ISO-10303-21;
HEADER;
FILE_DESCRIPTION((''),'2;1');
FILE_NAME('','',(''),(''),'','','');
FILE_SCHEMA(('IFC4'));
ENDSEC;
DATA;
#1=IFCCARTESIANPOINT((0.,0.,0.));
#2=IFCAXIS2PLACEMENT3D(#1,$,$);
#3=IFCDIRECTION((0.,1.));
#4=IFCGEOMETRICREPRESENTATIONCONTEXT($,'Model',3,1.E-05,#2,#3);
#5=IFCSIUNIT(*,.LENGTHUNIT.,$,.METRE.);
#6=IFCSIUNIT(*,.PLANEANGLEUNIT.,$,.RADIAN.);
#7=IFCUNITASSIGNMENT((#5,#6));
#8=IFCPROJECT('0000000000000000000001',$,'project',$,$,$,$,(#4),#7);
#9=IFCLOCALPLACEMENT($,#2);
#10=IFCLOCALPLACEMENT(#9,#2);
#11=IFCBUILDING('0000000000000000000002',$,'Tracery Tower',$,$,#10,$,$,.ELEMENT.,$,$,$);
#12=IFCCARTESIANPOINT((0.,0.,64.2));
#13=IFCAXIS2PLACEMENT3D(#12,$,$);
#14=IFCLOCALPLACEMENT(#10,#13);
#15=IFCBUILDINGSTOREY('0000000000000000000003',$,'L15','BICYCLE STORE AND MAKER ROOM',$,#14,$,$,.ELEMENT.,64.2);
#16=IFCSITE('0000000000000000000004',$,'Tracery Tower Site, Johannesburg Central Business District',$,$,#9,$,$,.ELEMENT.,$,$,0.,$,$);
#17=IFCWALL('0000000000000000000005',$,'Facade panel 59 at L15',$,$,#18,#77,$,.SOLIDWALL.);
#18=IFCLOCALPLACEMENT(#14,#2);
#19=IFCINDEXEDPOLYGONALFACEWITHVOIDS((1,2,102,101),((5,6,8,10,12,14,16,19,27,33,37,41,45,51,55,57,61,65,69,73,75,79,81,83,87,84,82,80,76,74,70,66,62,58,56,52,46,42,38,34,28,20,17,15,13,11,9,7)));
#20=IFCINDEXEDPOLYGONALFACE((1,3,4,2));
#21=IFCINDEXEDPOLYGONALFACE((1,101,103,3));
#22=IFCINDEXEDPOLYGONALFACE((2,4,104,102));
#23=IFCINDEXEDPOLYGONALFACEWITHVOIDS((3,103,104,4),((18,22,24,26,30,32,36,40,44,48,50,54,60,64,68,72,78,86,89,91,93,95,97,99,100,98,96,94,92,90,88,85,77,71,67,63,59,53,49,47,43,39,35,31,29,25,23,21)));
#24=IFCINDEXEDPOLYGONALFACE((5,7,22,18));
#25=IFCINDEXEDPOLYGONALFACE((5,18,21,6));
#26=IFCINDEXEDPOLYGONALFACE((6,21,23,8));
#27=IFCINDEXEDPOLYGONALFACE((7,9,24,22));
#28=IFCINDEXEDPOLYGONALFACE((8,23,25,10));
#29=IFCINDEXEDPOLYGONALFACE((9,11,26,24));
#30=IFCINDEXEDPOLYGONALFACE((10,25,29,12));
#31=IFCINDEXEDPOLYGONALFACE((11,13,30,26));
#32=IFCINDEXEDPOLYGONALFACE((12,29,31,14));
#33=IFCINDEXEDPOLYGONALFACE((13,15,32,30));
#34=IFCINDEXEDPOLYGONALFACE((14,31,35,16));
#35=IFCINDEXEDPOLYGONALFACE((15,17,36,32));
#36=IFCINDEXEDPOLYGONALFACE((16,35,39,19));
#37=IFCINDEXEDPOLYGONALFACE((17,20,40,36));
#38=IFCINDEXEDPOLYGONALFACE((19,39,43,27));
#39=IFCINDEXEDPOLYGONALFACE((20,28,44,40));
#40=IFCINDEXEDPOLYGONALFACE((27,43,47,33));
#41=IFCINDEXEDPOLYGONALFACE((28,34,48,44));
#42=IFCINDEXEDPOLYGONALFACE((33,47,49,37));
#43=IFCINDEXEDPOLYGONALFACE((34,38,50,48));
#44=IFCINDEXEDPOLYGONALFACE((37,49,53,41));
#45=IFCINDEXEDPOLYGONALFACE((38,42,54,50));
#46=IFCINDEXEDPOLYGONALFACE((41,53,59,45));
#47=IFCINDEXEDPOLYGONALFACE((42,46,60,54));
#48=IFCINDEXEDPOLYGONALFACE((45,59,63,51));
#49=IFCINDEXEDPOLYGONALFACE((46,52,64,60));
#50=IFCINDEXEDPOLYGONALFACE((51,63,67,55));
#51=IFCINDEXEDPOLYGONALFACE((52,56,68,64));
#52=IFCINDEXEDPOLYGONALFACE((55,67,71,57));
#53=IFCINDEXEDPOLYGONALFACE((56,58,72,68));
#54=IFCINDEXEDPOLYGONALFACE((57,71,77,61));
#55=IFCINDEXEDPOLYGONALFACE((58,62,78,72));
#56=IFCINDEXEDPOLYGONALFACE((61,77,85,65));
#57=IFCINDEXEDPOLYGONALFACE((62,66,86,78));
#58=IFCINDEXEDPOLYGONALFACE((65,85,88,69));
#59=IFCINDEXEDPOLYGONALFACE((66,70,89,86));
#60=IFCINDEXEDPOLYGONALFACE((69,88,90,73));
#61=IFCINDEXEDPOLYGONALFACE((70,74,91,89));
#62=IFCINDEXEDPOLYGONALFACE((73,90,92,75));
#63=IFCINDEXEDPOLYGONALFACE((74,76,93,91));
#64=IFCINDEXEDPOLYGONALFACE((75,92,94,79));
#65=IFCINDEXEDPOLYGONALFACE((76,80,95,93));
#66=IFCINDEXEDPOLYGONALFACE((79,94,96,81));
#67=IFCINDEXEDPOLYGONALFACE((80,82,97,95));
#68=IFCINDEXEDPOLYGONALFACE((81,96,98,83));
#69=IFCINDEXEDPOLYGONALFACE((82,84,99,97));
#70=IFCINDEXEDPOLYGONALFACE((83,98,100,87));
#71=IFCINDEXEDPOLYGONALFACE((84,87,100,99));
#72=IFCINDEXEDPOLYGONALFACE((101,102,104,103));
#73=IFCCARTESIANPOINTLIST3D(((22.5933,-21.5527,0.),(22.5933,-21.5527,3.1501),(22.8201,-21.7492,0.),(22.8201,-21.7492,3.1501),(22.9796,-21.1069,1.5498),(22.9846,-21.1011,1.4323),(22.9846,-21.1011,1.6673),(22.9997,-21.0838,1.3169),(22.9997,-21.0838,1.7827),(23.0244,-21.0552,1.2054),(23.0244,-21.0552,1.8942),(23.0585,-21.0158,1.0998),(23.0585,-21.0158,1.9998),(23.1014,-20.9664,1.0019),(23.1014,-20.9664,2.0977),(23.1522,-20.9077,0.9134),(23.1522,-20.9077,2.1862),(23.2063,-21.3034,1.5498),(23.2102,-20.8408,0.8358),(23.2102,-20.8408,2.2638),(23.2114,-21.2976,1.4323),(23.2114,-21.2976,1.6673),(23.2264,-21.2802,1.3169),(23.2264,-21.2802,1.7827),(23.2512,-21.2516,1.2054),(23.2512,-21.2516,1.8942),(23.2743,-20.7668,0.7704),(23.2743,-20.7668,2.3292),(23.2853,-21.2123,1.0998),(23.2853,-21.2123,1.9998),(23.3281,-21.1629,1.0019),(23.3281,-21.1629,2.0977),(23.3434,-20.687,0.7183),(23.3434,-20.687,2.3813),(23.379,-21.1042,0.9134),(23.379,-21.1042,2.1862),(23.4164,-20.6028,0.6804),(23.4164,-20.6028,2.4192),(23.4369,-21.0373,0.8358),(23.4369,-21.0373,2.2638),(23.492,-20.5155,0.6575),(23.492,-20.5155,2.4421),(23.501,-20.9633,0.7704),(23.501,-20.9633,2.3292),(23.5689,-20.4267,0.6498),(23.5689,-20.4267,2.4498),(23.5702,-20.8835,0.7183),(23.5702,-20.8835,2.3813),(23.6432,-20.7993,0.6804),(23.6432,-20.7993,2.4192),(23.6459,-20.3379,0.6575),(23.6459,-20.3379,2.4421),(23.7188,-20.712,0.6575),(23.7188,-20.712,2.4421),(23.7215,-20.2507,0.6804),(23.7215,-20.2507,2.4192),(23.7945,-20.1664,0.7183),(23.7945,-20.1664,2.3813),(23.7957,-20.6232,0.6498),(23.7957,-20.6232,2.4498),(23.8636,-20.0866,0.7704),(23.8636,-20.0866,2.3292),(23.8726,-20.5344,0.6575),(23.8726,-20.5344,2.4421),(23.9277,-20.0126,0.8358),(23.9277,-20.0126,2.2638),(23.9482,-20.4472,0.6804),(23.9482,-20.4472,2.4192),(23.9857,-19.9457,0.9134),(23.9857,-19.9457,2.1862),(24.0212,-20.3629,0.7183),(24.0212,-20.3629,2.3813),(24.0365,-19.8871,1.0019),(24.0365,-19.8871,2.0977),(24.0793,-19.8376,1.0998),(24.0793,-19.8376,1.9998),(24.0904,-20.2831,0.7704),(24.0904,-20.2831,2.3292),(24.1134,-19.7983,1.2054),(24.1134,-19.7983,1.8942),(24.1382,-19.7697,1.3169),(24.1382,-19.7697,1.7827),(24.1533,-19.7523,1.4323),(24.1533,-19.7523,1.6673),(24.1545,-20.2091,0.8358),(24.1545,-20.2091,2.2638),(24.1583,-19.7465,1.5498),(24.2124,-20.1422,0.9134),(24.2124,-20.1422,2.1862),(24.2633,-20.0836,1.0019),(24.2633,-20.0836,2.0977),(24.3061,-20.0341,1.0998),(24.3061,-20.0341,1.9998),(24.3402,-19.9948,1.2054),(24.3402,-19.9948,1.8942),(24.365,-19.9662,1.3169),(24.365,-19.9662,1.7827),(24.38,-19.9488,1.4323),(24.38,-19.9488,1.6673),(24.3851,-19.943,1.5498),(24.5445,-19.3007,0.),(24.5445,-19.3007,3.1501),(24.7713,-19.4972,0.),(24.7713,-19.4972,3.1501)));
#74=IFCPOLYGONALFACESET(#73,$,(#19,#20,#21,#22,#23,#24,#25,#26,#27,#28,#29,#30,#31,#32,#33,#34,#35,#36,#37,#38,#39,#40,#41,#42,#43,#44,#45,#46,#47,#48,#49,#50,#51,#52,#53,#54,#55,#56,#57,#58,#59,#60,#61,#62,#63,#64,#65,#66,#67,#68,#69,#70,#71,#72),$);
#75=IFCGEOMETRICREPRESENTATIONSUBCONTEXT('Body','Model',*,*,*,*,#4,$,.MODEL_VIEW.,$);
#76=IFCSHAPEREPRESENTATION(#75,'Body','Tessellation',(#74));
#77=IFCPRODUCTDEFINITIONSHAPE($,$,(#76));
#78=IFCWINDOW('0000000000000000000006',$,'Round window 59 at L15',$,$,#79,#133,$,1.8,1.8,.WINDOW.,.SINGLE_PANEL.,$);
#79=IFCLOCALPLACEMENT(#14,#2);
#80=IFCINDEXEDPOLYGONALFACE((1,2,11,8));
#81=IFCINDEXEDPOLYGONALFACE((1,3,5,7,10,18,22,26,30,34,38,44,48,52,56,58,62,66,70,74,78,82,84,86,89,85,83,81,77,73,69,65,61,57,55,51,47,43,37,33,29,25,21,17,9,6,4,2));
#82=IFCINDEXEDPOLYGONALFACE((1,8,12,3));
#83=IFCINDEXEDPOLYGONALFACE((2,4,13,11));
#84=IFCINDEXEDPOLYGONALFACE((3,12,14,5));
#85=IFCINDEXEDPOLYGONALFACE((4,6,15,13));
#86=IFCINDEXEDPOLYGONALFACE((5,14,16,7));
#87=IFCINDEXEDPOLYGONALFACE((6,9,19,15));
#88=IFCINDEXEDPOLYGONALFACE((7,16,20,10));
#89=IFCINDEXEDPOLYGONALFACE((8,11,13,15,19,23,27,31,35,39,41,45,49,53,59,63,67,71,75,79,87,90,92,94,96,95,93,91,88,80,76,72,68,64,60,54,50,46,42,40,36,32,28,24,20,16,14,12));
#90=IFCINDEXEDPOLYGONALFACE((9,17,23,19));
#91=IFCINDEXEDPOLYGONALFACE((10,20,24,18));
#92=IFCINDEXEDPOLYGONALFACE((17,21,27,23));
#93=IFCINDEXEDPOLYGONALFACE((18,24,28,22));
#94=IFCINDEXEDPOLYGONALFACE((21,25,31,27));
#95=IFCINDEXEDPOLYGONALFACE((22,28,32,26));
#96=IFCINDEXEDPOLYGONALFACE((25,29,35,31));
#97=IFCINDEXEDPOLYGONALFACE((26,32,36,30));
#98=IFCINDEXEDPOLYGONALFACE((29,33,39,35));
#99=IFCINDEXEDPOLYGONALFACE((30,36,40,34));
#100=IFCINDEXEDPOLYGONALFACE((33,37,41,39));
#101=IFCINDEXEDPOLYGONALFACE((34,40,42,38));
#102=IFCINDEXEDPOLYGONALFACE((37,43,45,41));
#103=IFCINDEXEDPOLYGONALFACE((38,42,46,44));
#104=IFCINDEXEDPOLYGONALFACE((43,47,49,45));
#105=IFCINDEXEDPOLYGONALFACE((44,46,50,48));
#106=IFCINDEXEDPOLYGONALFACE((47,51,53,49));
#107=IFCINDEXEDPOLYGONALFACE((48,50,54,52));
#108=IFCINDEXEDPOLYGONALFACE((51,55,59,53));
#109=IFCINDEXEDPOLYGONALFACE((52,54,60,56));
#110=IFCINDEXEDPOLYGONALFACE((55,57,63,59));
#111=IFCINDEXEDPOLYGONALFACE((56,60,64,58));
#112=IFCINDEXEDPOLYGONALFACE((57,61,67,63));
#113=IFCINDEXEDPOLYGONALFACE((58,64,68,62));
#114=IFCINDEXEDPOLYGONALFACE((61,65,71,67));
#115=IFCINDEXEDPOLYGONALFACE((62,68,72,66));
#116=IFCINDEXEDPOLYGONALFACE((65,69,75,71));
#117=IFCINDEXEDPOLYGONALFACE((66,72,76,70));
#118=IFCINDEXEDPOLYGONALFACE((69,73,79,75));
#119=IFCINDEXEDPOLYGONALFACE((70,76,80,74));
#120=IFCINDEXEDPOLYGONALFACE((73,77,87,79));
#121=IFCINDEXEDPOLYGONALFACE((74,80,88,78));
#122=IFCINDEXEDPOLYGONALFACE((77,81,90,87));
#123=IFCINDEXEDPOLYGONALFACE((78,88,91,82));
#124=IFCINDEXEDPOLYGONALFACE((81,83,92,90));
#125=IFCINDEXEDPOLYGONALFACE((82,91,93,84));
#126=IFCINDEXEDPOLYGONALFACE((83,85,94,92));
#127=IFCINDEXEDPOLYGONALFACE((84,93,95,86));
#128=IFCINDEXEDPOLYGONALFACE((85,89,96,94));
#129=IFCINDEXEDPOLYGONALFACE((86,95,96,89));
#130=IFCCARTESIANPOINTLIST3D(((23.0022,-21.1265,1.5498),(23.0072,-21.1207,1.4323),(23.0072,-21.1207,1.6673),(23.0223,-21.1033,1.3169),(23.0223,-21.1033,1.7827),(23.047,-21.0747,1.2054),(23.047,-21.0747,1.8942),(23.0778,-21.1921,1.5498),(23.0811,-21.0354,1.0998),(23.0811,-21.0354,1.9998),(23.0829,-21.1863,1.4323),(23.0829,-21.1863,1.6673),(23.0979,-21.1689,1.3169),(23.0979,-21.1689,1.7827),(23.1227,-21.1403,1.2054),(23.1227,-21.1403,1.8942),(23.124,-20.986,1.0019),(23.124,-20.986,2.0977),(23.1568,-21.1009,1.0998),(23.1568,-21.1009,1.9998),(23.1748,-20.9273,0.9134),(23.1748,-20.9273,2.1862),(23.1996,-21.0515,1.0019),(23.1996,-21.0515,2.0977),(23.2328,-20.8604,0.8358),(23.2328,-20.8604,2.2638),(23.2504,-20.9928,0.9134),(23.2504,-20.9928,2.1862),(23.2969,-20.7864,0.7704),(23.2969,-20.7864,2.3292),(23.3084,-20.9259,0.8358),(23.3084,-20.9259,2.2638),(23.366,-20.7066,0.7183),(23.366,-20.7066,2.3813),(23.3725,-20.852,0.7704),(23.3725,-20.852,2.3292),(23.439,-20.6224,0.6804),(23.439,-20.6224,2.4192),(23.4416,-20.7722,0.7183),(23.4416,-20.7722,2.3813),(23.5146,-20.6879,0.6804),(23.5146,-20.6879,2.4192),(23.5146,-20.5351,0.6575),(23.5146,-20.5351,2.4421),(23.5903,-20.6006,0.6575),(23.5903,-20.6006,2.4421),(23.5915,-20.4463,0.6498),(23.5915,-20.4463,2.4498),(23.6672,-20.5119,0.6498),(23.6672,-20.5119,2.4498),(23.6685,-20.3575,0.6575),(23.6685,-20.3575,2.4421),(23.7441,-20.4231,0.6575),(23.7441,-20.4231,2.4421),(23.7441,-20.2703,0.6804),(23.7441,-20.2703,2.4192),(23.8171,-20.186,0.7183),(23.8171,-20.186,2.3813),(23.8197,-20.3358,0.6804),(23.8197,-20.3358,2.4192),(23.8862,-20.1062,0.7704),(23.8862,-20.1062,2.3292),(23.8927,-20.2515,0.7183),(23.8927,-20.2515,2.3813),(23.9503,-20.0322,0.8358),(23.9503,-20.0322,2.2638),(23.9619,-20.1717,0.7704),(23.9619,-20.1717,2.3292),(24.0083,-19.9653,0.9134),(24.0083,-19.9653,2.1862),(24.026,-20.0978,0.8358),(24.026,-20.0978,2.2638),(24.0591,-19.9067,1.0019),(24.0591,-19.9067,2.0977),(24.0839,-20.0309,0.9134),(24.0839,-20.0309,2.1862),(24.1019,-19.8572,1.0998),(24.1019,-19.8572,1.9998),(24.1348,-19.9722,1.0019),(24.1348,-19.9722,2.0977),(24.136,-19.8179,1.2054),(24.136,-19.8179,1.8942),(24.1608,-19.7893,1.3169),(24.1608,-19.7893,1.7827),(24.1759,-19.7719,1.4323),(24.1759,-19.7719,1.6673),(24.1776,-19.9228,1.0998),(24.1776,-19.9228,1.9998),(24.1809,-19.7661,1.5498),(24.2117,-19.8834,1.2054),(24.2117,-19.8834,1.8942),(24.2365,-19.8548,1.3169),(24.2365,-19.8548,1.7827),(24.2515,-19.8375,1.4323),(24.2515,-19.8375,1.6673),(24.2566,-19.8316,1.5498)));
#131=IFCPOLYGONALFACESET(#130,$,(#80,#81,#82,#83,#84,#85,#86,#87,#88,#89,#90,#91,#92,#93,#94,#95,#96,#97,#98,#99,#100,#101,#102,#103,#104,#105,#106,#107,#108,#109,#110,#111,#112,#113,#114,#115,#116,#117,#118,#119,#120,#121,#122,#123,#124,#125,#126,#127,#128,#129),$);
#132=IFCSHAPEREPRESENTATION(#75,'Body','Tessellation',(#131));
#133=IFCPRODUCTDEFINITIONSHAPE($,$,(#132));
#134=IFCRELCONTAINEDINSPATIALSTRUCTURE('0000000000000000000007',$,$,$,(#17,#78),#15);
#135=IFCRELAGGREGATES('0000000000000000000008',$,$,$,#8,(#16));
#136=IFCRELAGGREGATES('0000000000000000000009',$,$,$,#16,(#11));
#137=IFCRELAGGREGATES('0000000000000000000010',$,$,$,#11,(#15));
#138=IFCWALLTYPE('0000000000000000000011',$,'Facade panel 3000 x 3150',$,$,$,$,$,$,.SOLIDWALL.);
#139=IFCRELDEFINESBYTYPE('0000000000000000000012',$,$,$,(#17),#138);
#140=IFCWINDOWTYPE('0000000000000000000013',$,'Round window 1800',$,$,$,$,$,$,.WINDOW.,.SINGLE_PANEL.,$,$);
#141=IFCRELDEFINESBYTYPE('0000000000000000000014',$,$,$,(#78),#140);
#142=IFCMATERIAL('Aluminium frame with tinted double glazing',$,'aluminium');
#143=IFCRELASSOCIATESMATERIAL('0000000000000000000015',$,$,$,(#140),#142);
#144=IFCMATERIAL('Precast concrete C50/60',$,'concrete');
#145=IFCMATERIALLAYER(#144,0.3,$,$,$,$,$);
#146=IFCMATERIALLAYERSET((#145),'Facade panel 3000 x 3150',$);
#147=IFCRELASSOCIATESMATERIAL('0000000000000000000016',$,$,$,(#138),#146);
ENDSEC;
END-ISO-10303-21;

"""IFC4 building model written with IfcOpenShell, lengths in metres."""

from ifc_helpers import new_model, si_unit, direction, frame, frame_2d, origin, origin_2d, place, context, subcontext, project, spatial, rectangle, circle, extrude, material, layer, layer_set, type_object, element, fill, save


model = new_model("IFC4")

# Units and contexts
model_context = context("Model", 3, precision=1e-05, world=origin(), true_north=direction((0.0, 1.0)))
body_context = subcontext(model_context, "Body", "Model", "MODEL_VIEW")
ifc_project = project(units=[si_unit("LENGTHUNIT", "METRE"), si_unit("PLANEANGLEUNIT", "RADIAN")], contexts=[model_context])

# Site, building, storey
site_placement = place(None, origin())
site = spatial("IfcSite", under=ifc_project, at=site_placement, Name="Tracery Tower Site, Johannesburg Central Business District", CompositionType="ELEMENT", RefElevation=0.0)
building_placement = place(site_placement, origin())
building = spatial("IfcBuilding", under=site, at=building_placement, Name="Tracery Tower", CompositionType="ELEMENT")
storey_placement = place(building_placement, frame((0.0, 0.0, 64.2)))
storey = spatial("IfcBuildingStorey", under=building, at=storey_placement, Name="L15", Description="BICYCLE STORE AND MAKER ROOM", CompositionType="ELEMENT", Elevation=64.2)

# Wall, opening, window
ifc_material_1 = material(Name="Aluminium frame with tinted double glazing", Category="aluminium")
window_type = type_object("IfcWindowType", Name="Round window 1800", PartitioningType="SINGLE_PANEL", PredefinedType="WINDOW", material=ifc_material_1)
ifc_material_2 = material(Name="Precast concrete C50/60", Category="concrete")
ifc_layer_1 = layer(ifc_material_2, 0.3)
ifc_layer_set_1 = layer_set([ifc_layer_1], Name="Facade panel 3000 x 3150")
wall_type_1 = type_object("IfcWallType", Name="Facade panel 3000 x 3150", PredefinedType="SOLIDWALL", material=ifc_layer_set_1)
wall_1_placement = place(storey_placement, frame((22.7068, -21.6509, 0.0), z_axis=(0.0, 0.0, 1.0), x_axis=(0.654831, 0.755776, 0.0)))
wall_1 = element("IfcWall", 1, at=wall_1_placement, inside=storey, type_object=wall_type_1, Name="Facade panel 59 at L15", PredefinedType="SOLIDWALL", context=body_context, shape_type="SweptSolid", body=[
    extrude(rectangle(XDim=2.9797, YDim=0.3, at=frame_2d((1.4897, 0.0))), origin(), (0.0, 0.0, 1.0), 3.1501),
])
opening_1_placement = place(wall_1_placement, frame((1.4897, 0.0, 1.5498)))
opening_1 = element("IfcOpeningElement", 2, at=opening_1_placement, cuts=wall_1, PredefinedType="OPENING", context=body_context, shape_type="SweptSolid", body=[
    extrude(circle(Radius=0.9, at=origin_2d()), frame((0.0, 0.1599, 0.0), z_axis=(0.0, -1.0, 0.0), x_axis=(1.0, 0.0, 0.0)), (0.0, 0.0, 1.0), 0.3201),
])
window_1_placement = place(opening_1_placement, origin())
window_1 = element("IfcWindow", 3, at=window_1_placement, inside=storey, type_object=window_type, Name="Round window 59 at L15", OverallHeight=1.8, OverallWidth=1.8, PartitioningType="SINGLE_PANEL", PredefinedType="WINDOW", context=body_context, shape_type="SweptSolid", body=[
    extrude(circle(Radius=0.9, at=origin_2d()), frame((0.0, 0.1201, 0.0), z_axis=(0.0, -1.0, 0.0), x_axis=(1.0, 0.0, 0.0)), (0.0, 0.0, 1.0), 0.1001),
])
fill(opening_1, window_1)

save(model, "model.ifc")
